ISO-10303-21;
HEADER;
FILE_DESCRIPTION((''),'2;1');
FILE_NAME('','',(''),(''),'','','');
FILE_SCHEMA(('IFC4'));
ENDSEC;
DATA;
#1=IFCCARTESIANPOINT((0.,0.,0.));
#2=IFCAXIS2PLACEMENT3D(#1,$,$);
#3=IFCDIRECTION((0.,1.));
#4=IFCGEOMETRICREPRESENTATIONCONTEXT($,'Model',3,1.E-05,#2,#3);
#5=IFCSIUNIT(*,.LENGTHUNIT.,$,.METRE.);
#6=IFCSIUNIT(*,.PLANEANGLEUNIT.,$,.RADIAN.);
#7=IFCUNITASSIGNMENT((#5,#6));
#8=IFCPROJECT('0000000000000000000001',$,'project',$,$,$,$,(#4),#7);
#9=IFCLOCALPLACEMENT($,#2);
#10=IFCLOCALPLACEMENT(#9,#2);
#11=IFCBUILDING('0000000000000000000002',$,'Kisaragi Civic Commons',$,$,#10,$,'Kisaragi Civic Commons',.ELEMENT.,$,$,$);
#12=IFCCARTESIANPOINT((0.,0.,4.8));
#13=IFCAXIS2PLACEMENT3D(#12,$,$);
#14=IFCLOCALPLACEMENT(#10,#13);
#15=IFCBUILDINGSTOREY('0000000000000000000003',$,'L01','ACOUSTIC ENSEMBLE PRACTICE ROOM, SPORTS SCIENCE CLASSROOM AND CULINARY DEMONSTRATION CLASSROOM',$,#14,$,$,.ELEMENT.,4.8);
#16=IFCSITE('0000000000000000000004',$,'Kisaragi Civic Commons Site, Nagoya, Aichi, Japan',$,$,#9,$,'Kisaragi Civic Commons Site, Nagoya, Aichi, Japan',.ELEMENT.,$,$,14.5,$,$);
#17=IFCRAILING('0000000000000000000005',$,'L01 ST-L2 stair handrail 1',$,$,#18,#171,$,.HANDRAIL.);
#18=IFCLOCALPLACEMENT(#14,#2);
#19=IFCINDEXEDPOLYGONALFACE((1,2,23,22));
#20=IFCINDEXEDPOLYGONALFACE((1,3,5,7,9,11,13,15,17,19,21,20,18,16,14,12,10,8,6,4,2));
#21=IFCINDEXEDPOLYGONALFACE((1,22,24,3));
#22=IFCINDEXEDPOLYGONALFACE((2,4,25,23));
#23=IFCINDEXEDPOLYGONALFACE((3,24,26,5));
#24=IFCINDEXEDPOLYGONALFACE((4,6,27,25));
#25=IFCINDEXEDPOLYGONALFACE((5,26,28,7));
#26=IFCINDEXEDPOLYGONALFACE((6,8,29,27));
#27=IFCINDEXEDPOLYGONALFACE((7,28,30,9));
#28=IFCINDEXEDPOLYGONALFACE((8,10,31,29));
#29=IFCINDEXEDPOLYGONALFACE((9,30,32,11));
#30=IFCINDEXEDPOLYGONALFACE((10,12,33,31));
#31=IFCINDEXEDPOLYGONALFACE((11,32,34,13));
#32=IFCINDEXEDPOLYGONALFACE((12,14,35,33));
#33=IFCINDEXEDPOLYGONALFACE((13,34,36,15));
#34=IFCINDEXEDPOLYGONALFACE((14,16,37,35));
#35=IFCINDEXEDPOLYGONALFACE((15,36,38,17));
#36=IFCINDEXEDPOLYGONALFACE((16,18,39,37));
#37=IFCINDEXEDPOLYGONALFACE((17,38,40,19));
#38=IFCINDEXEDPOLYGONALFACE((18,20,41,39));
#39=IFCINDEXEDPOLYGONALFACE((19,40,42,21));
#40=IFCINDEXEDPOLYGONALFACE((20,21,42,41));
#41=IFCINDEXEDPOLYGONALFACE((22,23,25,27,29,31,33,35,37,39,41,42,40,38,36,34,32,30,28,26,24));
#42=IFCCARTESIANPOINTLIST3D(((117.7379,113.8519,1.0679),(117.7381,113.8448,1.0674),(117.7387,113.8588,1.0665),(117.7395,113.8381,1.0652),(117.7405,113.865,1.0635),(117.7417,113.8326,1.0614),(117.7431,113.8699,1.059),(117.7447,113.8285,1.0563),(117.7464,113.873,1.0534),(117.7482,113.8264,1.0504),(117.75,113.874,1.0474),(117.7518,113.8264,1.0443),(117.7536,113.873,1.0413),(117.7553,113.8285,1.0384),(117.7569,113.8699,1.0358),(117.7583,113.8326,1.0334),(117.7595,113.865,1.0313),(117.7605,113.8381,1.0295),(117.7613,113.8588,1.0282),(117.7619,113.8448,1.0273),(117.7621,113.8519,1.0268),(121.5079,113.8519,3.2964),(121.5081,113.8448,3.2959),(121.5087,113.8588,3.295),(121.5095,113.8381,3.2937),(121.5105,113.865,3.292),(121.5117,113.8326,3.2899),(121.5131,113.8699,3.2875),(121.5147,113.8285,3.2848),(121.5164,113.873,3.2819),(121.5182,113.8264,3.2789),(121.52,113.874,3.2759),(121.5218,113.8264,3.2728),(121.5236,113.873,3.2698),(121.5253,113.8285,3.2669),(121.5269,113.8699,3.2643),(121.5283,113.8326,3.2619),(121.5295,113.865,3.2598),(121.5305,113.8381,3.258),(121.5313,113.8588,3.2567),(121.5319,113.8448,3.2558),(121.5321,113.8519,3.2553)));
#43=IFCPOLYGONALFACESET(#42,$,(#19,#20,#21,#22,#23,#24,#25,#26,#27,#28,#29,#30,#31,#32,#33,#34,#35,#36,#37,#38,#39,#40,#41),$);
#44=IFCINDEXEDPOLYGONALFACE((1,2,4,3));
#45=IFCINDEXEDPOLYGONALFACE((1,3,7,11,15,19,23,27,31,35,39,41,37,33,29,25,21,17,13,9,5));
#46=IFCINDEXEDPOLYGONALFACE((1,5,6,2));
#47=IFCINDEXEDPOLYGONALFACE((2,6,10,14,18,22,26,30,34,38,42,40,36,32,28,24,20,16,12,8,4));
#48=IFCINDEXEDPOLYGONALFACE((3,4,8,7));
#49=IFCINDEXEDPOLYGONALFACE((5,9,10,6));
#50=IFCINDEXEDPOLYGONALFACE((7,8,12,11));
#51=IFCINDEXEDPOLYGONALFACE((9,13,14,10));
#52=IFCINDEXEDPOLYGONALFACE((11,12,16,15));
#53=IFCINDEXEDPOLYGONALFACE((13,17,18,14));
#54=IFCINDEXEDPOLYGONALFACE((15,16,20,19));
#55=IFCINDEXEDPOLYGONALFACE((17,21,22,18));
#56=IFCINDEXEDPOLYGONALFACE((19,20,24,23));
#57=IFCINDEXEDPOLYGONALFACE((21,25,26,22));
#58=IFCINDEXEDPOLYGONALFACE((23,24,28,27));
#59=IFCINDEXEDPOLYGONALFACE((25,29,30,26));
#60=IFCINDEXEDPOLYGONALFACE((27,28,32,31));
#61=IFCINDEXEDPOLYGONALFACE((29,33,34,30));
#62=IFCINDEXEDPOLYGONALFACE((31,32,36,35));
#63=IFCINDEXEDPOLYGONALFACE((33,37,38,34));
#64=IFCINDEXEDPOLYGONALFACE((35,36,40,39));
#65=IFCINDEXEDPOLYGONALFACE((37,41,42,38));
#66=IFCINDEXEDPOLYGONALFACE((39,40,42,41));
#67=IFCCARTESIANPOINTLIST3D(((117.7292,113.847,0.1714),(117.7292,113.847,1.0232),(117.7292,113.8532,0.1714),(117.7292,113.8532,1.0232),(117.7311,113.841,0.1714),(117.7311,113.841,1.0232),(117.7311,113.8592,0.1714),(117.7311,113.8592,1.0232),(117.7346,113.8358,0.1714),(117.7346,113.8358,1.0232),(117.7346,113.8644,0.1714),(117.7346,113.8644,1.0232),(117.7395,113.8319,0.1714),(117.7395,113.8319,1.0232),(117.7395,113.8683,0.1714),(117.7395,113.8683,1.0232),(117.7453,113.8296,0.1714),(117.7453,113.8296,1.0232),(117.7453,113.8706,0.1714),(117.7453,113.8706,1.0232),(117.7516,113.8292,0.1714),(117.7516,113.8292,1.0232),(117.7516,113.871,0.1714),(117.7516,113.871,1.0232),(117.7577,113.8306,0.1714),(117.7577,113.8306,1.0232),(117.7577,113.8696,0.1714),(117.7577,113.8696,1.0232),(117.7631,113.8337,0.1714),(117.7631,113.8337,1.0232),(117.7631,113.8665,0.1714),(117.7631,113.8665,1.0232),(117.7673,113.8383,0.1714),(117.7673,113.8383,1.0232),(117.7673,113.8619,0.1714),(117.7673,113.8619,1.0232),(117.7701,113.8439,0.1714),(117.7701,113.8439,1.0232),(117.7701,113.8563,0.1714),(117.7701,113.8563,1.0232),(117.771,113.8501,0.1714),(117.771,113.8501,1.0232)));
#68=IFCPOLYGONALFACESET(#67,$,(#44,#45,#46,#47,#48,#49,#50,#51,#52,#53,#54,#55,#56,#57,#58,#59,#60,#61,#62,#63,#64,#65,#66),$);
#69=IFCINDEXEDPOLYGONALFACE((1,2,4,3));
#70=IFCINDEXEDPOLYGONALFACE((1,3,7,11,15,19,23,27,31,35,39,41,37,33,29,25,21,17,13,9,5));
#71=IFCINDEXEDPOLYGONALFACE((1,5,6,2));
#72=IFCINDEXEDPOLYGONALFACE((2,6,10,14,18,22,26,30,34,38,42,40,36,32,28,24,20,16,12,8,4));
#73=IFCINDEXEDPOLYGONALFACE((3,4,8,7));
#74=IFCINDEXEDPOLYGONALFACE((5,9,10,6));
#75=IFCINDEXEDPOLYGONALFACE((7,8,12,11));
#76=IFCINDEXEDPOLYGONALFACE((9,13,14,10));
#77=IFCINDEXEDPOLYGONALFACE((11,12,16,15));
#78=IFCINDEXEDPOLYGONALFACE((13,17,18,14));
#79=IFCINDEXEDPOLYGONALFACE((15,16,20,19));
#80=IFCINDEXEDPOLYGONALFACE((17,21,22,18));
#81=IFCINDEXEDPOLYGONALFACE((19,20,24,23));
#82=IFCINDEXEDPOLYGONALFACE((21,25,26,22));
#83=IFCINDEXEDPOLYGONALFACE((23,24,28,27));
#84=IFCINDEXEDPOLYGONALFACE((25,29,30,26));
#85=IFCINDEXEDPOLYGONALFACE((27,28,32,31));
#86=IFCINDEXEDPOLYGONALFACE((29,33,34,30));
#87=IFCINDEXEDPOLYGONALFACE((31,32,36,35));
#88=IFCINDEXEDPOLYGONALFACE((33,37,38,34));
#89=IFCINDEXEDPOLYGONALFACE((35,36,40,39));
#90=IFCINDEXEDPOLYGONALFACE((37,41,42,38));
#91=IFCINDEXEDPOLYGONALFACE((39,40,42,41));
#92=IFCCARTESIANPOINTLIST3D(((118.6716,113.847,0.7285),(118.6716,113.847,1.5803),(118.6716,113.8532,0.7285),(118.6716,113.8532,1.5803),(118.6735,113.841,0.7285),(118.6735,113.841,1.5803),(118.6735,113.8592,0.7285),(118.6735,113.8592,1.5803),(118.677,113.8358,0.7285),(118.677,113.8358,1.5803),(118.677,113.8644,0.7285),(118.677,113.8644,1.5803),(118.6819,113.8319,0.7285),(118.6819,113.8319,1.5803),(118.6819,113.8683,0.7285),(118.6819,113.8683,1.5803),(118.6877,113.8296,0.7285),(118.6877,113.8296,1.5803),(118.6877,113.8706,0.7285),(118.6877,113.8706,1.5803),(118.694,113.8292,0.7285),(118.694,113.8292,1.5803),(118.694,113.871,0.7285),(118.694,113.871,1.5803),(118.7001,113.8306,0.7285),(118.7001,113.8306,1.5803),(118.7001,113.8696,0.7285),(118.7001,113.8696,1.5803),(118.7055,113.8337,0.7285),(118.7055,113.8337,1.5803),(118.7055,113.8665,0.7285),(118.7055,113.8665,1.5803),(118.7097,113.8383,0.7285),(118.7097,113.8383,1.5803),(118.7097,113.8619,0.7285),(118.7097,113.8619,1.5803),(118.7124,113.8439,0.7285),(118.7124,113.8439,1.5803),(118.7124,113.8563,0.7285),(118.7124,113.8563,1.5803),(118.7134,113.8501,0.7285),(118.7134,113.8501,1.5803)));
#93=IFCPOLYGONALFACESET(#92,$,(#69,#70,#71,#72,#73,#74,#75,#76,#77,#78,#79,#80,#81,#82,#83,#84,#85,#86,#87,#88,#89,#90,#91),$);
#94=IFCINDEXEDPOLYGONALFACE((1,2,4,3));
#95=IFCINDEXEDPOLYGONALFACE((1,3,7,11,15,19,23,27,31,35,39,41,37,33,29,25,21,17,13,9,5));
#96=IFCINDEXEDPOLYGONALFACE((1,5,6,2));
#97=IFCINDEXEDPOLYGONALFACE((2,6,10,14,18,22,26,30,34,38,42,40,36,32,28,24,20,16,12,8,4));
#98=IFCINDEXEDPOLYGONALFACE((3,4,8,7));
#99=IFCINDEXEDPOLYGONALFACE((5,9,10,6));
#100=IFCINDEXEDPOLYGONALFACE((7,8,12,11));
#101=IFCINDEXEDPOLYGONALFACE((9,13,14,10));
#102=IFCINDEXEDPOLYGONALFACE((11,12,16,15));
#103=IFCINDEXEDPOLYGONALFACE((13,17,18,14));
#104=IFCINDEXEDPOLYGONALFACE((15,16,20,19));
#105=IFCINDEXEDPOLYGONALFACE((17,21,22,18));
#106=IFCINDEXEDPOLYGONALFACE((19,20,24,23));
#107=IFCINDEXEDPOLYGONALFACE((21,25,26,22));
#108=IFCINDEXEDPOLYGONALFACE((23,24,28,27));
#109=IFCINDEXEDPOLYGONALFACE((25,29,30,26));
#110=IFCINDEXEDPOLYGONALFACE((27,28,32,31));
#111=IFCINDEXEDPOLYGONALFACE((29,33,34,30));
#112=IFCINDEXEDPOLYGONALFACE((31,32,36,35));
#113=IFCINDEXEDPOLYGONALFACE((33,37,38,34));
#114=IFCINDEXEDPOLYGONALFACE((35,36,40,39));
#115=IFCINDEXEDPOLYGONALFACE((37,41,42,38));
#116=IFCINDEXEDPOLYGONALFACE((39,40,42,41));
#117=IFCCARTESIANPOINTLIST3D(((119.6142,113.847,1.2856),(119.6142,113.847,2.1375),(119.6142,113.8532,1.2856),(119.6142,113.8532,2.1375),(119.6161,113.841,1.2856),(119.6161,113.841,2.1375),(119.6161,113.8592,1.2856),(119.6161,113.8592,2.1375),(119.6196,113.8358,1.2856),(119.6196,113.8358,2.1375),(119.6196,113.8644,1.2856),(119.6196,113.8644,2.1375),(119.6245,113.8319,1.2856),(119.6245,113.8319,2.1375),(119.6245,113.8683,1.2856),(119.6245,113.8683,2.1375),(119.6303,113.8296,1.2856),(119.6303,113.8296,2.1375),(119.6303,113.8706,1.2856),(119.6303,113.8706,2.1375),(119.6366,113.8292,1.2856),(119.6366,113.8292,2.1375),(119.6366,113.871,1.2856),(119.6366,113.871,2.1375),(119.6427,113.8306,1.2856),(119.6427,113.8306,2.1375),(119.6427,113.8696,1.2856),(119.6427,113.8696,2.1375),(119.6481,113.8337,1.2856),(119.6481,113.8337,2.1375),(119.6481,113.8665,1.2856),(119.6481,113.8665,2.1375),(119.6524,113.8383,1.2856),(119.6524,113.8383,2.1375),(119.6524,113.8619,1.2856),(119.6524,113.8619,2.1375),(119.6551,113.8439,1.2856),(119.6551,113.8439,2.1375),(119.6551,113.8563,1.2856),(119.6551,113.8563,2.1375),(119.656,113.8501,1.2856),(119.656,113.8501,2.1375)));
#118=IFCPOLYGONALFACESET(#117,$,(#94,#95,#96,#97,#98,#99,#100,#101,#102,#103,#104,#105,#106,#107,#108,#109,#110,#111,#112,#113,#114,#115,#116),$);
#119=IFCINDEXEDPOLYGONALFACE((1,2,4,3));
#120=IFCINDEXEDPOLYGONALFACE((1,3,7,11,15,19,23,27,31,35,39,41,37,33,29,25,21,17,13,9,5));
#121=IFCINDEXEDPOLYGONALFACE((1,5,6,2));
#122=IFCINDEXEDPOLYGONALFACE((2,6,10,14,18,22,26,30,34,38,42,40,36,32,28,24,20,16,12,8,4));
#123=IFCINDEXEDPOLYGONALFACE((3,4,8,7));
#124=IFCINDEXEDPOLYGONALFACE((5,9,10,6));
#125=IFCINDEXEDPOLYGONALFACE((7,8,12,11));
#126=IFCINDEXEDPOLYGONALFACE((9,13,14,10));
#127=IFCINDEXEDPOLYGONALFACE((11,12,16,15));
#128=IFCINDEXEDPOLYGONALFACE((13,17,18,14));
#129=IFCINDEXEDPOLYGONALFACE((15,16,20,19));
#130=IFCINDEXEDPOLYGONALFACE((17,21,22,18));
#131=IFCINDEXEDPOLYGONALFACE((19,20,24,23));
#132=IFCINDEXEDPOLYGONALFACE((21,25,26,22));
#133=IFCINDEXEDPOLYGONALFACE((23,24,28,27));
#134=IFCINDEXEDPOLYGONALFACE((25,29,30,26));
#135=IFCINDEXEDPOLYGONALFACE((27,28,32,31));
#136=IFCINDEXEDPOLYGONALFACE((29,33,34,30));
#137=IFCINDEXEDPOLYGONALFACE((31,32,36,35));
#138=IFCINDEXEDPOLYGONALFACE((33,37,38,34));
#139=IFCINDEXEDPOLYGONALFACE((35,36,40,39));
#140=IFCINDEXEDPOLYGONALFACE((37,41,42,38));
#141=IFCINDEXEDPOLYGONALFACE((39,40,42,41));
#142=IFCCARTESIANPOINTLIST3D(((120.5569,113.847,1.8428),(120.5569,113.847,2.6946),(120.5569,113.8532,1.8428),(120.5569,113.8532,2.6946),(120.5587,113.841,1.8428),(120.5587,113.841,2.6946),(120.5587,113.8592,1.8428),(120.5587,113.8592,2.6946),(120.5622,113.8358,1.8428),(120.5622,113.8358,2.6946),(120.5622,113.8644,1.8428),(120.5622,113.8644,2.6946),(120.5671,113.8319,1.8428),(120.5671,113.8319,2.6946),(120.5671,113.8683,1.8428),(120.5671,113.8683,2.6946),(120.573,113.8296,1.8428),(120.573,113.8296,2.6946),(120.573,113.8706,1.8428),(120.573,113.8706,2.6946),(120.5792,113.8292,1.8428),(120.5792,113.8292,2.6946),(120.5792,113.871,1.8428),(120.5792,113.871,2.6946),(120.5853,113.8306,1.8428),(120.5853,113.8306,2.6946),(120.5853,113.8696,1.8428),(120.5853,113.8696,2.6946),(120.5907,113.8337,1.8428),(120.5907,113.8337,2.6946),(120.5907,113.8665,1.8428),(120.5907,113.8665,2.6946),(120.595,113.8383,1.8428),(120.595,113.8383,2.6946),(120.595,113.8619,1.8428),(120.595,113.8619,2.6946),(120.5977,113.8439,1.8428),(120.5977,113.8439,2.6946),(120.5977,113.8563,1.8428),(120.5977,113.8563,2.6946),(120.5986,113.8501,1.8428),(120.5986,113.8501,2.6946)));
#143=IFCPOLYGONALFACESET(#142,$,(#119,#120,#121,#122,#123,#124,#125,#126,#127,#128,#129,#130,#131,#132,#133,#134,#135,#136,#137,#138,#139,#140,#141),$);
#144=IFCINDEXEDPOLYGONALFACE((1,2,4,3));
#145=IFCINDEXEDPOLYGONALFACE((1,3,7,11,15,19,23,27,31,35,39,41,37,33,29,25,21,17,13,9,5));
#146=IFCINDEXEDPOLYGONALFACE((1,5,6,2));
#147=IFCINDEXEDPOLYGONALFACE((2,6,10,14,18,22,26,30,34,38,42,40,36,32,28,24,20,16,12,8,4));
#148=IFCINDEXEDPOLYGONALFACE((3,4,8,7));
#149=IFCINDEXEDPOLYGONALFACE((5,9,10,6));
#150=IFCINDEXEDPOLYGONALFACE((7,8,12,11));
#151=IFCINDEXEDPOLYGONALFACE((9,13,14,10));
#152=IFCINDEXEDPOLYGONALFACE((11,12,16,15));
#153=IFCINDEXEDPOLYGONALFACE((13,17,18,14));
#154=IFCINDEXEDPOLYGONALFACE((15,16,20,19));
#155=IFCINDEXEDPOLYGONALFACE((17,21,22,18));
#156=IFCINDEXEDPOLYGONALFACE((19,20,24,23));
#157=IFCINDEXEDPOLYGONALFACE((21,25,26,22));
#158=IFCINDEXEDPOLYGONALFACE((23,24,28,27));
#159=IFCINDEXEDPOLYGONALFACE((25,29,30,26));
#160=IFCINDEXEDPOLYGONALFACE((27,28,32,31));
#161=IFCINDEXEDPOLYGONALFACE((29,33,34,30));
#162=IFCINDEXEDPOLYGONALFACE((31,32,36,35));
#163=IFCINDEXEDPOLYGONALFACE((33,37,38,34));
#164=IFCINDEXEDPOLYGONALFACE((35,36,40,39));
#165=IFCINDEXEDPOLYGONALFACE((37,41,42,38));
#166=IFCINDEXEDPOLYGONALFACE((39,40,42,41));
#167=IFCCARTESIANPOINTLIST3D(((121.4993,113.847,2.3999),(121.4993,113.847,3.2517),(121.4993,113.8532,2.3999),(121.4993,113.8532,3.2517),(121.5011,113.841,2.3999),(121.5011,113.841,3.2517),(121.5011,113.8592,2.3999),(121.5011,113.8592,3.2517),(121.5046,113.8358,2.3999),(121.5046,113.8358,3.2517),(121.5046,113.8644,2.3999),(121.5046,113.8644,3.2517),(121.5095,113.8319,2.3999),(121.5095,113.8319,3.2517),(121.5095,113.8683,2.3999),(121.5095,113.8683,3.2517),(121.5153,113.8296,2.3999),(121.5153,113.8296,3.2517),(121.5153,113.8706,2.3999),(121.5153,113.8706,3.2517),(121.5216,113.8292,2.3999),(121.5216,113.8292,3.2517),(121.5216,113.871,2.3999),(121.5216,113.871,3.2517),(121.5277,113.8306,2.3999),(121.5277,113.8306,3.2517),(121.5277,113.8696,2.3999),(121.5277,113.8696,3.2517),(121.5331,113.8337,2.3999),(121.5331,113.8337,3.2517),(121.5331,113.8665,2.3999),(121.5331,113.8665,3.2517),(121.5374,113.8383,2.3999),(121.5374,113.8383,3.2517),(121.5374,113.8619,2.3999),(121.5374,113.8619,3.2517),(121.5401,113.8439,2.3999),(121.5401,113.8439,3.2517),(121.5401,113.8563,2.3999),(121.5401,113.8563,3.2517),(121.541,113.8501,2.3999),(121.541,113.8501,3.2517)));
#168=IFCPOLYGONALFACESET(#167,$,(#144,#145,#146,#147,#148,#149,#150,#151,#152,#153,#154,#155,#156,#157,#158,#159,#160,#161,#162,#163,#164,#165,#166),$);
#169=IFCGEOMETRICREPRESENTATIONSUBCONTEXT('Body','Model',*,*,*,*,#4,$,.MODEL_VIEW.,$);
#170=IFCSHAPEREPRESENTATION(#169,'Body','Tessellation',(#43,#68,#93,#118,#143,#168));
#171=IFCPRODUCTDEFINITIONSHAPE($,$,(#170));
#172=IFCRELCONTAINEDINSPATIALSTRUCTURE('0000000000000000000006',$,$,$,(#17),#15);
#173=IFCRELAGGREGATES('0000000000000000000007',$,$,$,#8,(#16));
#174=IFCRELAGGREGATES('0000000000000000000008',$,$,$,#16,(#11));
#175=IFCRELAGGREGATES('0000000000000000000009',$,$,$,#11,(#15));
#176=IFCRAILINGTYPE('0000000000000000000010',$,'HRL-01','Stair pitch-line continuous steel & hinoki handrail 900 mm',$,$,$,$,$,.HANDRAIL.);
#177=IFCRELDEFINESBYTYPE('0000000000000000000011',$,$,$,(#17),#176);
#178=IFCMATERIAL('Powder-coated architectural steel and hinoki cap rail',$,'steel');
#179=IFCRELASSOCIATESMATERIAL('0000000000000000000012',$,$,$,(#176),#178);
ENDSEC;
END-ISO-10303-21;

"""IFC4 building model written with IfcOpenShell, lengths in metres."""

from ifc_helpers import new_model, si_unit, direction, frame, origin, origin_2d, place, context, subcontext, project, spatial, circle, extrude, material, type_object, element, save


model = new_model("IFC4")

# Units and contexts
model_context = context("Model", 3, precision=1e-05, world=origin(), true_north=direction((0.0, 1.0)))
body_context = subcontext(model_context, "Body", "Model", "MODEL_VIEW")
ifc_project = project(units=[si_unit("LENGTHUNIT", "METRE"), si_unit("PLANEANGLEUNIT", "RADIAN")], contexts=[model_context])

# Site, building, storey
site_placement = place(None, origin())
site = spatial("IfcSite", under=ifc_project, at=site_placement, Name="Kisaragi Civic Commons Site, Nagoya, Aichi, Japan", LongName="Kisaragi Civic Commons Site, Nagoya, Aichi, Japan", CompositionType="ELEMENT", RefElevation=14.5)
building_placement = place(site_placement, origin())
building = spatial("IfcBuilding", under=site, at=building_placement, Name="Kisaragi Civic Commons", LongName="Kisaragi Civic Commons", CompositionType="ELEMENT")
storey_placement = place(building_placement, frame((0.0, 0.0, 4.8)))
storey = spatial("IfcBuildingStorey", under=building, at=storey_placement, Name="L01", Description="ACOUSTIC ENSEMBLE PRACTICE ROOM, SPORTS SCIENCE CLASSROOM AND CULINARY DEMONSTRATION CLASSROOM", CompositionType="ELEMENT", Elevation=4.8)

# Railing
ifc_material_1 = material(Name="Powder-coated architectural steel and hinoki cap rail", Category="steel")
railing_type_1 = type_object("IfcRailingType", Name="HRL-01", Description="Stair pitch-line continuous steel & hinoki handrail 900 mm", PredefinedType="HANDRAIL", material=ifc_material_1)
railing_1_placement = place(storey_placement, frame((117.75, 113.8501, 0.1714)))
element("IfcRailing", 1, at=railing_1_placement, inside=storey, type_object=railing_type_1, Name="L01 ST-L2 stair handrail 1", PredefinedType="HANDRAIL", context=body_context, shape_type="SweptSolid", body=[
    extrude(circle(Radius=0.0239, at=origin_2d()), frame((0.0, 0.0, 0.876), z_axis=(0.860849, 0.0, 0.508861), x_axis=(0.0, 1.0, 0.0)), (0.0, 0.0, 1.0), 4.3794),
    extrude(circle(Radius=0.021, at=origin_2d()), origin(), (0.0, 0.0, 1.0), 0.8518),
    extrude(circle(Radius=0.021, at=origin_2d()), frame((0.9424, 0.0, 0.5571)), (0.0, 0.0, 1.0), 0.8518),
    extrude(circle(Radius=0.021, at=origin_2d()), frame((1.885, 0.0, 1.1143)), (0.0, 0.0, 1.0), 0.8518),
    extrude(circle(Radius=0.021, at=origin_2d()), frame((2.8276, 0.0, 1.6714)), (0.0, 0.0, 1.0), 0.8518),
    extrude(circle(Radius=0.021, at=origin_2d()), frame((3.77, 0.0, 2.2285)), (0.0, 0.0, 1.0), 0.8518),
])

save(model, "model.ifc")
